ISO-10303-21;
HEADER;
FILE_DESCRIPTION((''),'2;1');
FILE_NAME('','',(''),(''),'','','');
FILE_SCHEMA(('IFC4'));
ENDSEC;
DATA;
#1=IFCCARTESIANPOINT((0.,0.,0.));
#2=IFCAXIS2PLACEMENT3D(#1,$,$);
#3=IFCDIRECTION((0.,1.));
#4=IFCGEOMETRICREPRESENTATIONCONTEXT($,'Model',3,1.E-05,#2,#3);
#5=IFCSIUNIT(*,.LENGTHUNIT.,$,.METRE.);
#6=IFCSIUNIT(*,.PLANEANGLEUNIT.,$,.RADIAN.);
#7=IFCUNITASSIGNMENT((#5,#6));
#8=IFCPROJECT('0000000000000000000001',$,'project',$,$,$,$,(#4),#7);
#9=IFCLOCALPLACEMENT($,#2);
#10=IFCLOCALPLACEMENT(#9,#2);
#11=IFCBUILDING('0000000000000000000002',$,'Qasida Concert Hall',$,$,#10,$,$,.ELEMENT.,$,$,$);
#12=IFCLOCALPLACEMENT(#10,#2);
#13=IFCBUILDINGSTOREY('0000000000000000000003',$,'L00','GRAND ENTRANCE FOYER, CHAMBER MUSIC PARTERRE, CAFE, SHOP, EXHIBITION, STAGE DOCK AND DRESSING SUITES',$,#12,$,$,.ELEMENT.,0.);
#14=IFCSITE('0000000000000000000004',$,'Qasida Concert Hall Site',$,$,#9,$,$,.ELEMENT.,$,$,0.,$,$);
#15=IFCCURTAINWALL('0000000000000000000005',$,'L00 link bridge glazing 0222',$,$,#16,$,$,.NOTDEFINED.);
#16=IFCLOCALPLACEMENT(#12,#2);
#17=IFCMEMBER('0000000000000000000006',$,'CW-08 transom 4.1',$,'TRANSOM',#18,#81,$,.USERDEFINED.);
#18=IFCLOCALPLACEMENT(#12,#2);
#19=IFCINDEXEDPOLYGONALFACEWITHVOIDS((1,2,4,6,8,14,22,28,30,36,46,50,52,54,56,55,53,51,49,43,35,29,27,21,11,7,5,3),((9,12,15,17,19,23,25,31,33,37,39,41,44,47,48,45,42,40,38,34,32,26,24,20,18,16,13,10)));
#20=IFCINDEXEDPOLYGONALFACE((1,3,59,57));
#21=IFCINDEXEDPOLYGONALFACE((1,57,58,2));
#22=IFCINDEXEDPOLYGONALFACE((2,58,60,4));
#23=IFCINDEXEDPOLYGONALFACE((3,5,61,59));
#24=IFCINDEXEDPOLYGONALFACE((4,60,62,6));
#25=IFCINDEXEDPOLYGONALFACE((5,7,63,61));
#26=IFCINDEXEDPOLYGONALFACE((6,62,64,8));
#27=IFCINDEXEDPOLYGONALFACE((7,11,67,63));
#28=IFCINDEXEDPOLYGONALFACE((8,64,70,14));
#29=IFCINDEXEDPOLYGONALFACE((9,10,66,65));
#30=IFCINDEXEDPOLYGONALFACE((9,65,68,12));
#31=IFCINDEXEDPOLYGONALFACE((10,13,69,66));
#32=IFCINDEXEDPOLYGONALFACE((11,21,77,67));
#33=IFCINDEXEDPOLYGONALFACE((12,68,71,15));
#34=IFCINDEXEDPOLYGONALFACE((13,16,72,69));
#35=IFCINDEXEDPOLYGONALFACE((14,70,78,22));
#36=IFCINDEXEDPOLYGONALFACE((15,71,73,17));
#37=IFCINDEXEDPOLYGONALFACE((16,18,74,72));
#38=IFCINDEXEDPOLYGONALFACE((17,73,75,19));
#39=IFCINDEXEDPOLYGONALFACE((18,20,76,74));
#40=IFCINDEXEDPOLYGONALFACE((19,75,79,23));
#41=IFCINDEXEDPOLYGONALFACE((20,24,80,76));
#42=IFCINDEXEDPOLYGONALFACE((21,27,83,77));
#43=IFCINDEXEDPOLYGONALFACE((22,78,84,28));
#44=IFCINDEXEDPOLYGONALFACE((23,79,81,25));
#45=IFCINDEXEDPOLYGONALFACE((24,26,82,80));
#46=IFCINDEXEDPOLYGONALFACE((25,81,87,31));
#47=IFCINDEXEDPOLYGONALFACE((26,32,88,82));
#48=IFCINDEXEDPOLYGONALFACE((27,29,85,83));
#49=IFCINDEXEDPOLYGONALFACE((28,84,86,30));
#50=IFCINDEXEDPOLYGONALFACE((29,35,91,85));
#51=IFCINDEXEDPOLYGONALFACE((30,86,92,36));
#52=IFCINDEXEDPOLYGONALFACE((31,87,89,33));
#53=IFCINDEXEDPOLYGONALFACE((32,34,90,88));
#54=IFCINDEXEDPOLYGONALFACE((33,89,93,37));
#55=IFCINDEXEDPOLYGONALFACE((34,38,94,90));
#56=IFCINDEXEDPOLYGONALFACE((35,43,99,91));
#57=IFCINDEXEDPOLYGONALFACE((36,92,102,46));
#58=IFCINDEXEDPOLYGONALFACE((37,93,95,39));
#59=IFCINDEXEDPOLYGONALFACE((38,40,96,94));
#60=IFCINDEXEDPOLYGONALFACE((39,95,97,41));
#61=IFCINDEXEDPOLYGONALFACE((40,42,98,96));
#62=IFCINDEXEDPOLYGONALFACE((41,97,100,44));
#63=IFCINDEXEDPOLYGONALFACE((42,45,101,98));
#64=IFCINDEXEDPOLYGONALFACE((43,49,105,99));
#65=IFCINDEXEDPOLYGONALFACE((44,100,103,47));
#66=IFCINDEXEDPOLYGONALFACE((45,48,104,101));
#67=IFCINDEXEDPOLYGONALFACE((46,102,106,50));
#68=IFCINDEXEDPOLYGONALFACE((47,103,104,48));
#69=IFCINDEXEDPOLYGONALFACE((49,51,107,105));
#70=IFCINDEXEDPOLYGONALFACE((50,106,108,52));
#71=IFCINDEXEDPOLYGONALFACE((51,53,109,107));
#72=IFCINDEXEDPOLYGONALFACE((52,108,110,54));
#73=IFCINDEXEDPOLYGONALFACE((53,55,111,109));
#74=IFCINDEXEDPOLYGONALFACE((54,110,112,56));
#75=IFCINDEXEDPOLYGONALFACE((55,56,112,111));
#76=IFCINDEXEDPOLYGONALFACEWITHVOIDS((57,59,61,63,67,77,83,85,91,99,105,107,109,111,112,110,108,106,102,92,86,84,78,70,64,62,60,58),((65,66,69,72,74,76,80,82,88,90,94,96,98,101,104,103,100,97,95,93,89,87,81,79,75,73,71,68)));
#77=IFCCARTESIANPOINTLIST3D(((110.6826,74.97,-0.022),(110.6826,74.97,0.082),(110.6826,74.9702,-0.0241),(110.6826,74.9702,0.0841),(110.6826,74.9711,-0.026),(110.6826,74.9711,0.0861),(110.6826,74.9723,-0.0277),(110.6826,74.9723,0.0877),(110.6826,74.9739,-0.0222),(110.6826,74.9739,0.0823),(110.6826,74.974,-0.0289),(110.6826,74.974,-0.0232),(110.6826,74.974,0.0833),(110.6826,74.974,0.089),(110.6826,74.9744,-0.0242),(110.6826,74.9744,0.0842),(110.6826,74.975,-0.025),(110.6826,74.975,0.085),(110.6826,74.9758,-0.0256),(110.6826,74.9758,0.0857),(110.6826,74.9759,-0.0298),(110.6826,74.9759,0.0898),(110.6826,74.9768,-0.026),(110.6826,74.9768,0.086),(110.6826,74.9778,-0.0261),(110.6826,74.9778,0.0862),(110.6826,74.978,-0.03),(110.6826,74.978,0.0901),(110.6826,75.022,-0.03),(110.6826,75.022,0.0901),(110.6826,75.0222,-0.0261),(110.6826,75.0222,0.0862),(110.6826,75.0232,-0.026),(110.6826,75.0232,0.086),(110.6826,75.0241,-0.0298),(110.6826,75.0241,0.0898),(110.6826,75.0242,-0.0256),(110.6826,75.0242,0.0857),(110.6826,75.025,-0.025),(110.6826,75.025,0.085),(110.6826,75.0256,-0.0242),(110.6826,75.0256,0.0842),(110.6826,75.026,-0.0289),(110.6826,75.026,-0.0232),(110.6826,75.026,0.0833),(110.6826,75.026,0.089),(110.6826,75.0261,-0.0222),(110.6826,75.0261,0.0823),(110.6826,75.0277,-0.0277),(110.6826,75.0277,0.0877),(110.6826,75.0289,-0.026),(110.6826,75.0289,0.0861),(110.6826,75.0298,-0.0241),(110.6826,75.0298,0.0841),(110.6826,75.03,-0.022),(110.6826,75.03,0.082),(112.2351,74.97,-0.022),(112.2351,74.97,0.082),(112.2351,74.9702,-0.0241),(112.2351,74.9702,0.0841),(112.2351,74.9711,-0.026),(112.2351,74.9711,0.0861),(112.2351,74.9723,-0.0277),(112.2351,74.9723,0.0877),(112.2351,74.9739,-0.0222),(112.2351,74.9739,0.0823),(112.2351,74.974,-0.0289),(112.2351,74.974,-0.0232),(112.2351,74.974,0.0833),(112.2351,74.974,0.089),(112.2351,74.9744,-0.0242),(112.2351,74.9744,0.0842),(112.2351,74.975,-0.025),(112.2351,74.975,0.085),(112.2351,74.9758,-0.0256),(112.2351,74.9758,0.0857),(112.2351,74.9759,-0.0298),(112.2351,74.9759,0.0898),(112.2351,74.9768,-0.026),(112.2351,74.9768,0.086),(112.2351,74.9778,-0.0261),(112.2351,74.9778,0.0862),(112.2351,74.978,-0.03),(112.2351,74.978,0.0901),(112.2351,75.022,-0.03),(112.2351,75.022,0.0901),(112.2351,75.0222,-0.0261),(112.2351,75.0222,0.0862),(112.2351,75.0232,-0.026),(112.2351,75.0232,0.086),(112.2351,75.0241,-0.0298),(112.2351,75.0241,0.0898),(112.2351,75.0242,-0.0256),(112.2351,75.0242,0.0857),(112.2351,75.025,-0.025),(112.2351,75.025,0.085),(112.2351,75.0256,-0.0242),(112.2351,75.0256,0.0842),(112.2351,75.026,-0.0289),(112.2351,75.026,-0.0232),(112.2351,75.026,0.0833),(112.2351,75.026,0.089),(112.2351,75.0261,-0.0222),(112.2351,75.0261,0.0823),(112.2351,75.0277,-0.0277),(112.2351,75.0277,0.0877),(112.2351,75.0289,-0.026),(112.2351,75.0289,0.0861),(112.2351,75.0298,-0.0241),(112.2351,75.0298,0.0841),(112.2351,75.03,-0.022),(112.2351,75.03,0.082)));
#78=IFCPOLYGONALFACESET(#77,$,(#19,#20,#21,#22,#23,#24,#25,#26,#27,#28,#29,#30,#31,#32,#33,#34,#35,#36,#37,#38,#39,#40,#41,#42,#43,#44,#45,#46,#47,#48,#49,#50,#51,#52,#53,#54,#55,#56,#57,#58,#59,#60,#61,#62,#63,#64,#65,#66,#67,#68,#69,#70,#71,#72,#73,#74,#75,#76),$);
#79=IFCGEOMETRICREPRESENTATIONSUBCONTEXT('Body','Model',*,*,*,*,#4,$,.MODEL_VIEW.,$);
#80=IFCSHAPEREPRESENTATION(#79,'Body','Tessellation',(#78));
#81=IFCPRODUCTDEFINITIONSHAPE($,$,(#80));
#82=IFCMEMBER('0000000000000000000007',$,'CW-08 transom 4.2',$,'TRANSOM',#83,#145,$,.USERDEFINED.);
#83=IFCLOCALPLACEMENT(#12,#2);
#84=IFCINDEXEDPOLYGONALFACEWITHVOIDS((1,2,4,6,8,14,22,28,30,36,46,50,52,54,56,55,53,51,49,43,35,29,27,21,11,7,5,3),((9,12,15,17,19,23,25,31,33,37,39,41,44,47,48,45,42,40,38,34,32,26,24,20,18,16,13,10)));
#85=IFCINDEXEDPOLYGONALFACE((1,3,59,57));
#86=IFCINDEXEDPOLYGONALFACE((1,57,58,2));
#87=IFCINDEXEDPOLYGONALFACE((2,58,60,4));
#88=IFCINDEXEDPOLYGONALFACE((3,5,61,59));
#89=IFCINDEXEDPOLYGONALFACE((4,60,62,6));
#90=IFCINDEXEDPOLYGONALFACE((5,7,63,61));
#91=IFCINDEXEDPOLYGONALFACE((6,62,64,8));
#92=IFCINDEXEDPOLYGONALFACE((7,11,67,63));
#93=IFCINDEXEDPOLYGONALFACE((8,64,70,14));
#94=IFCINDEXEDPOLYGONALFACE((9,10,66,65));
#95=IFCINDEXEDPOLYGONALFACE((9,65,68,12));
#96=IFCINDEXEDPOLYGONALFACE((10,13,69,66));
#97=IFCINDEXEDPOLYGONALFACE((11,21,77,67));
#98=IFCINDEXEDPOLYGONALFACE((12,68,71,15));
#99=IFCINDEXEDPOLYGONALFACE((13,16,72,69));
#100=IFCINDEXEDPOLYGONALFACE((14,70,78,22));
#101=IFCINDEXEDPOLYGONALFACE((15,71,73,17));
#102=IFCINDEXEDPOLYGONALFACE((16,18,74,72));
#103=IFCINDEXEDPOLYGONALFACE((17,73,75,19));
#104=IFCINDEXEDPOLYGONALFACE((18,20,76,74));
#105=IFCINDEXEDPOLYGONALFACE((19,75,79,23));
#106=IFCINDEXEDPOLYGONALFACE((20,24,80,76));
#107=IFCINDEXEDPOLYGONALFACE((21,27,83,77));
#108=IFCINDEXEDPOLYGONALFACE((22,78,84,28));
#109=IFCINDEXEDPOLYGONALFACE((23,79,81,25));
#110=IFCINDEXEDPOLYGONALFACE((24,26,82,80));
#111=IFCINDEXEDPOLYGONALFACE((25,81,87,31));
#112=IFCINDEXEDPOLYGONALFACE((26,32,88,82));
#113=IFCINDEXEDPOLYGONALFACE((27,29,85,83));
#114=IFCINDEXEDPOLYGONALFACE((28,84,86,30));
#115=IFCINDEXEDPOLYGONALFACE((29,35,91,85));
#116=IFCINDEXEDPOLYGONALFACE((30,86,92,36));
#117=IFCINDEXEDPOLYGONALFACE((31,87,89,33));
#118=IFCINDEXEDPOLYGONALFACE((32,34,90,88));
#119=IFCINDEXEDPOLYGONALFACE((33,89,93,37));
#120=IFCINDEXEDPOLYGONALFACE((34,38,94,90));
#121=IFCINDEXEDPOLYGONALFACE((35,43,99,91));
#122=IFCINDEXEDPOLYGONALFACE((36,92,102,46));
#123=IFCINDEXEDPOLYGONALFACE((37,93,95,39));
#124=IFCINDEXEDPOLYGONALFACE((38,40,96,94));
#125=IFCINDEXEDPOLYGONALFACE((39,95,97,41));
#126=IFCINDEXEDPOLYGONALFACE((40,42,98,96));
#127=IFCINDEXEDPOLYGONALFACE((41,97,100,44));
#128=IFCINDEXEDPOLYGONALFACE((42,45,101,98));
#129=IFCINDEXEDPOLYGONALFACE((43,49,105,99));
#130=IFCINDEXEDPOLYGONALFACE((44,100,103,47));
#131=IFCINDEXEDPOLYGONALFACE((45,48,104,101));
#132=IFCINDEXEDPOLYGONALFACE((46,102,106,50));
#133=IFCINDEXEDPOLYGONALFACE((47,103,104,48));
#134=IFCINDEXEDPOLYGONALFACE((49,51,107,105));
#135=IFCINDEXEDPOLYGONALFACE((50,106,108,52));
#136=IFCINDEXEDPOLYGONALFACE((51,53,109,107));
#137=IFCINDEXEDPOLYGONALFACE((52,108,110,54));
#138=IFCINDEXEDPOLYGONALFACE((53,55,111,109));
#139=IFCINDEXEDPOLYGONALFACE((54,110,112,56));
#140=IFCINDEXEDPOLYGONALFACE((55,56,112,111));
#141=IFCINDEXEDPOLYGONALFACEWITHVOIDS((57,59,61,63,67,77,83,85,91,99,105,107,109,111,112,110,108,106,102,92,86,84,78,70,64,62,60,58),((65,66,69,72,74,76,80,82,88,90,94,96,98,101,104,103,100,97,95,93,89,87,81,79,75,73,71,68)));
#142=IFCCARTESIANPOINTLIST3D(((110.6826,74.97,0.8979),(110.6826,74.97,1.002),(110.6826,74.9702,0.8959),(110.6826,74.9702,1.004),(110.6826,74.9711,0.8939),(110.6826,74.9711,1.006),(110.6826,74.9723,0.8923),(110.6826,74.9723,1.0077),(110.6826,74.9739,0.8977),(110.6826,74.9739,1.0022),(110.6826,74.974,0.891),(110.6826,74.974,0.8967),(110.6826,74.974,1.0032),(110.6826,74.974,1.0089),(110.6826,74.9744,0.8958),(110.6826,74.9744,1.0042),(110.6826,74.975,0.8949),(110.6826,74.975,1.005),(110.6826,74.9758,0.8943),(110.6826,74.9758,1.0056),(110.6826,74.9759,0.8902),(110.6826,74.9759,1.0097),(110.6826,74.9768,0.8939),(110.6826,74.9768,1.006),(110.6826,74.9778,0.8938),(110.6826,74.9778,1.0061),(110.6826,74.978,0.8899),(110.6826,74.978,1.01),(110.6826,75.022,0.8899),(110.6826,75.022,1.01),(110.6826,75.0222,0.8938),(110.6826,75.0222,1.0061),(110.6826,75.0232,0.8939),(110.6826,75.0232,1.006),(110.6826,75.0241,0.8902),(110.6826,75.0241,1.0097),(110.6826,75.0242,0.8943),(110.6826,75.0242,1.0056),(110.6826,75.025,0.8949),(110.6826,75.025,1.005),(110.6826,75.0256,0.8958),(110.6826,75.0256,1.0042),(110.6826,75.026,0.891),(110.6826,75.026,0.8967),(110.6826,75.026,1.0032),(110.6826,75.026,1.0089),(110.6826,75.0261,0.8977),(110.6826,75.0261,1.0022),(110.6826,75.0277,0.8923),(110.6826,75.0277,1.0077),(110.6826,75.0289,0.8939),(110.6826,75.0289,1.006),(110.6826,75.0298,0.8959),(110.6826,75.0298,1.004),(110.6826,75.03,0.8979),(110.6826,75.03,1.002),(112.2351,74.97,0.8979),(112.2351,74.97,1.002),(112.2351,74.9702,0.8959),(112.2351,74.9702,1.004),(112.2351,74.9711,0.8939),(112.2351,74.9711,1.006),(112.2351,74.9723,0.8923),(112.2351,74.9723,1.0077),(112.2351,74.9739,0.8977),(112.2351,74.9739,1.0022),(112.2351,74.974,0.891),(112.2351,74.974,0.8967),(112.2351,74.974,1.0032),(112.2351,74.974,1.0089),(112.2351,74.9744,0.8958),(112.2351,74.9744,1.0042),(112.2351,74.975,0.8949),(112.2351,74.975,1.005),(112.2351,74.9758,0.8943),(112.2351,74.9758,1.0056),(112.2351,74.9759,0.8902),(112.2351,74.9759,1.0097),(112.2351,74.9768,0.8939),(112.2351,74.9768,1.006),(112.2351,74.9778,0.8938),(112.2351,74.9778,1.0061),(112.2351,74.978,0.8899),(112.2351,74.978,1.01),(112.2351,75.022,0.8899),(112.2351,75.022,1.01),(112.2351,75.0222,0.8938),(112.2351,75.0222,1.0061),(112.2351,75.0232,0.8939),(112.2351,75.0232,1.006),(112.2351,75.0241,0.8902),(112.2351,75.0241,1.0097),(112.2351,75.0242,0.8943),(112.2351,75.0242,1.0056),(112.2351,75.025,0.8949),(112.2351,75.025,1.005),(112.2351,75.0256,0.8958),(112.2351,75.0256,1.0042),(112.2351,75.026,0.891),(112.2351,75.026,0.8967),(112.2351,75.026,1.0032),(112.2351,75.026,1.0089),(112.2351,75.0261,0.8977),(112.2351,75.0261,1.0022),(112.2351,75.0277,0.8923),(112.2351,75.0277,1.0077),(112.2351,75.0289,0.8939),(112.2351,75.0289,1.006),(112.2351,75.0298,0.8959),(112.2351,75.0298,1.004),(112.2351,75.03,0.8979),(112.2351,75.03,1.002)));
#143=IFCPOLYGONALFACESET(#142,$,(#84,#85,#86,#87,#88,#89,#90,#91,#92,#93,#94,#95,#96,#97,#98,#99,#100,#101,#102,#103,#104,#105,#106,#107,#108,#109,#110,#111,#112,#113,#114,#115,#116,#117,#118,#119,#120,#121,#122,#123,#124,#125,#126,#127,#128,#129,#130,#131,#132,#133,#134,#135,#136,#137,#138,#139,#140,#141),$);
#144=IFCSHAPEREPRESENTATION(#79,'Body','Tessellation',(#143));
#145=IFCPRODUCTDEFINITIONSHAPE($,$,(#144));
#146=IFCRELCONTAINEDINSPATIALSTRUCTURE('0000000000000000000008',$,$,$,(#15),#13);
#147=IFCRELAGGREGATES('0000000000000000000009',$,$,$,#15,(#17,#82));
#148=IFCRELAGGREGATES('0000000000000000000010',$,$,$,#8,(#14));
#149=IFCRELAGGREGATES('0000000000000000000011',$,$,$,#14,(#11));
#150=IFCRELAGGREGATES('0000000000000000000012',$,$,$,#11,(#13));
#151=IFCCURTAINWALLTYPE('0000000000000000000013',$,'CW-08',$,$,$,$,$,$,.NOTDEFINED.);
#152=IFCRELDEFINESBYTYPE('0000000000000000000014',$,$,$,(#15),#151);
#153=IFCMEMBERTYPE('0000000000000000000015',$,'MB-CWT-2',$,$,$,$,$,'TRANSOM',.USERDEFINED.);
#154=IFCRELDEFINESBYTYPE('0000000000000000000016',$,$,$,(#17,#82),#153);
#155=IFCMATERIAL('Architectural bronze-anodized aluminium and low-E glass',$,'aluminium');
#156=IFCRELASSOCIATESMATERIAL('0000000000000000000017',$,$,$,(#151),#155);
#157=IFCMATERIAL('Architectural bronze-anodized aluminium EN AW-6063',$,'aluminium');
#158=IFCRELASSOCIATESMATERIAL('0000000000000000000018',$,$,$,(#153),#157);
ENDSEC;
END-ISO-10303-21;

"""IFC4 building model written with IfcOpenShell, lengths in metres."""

from ifc_helpers import new_model, si_unit, direction, frame, origin, origin_2d, place, context, subcontext, project, spatial, hollow_rectangle, extrude, material, material_profile, profile_set, type_object, element, aggregate, save


model = new_model("IFC4")

# Units and contexts
model_context = context("Model", 3, precision=1e-05, world=origin(), true_north=direction((0.0, 1.0)))
body_context = subcontext(model_context, "Body", "Model", "MODEL_VIEW")
ifc_project = project(units=[si_unit("LENGTHUNIT", "METRE"), si_unit("PLANEANGLEUNIT", "RADIAN")], contexts=[model_context])

# Site, building, storey
site_placement = place(None, origin())
site = spatial("IfcSite", under=ifc_project, at=site_placement, Name="Qasida Concert Hall Site", CompositionType="ELEMENT", RefElevation=0.0)
building_placement = place(site_placement, origin())
building = spatial("IfcBuilding", under=site, at=building_placement, Name="Qasida Concert Hall", CompositionType="ELEMENT")
storey_placement = place(building_placement, origin())
storey = spatial("IfcBuildingStorey", under=building, at=storey_placement, Name="L00", Description="GRAND ENTRANCE FOYER, CHAMBER MUSIC PARTERRE, CAFE, SHOP, EXHIBITION, STAGE DOCK AND DRESSING SUITES", CompositionType="ELEMENT", Elevation=0.0)

# Curtain wall
ifc_material_1 = material(Name="Architectural bronze-anodized aluminium and low-E glass", Category="aluminium")
curtain_wall_type = type_object("IfcCurtainWallType", Name="CW-08", PredefinedType="NOTDEFINED", material=ifc_material_1)
curtain_wall_1_placement = place(storey_placement, origin())
curtain_wall_1 = element("IfcCurtainWall", 1, at=curtain_wall_1_placement, inside=storey, type_object=curtain_wall_type, Name="L00 link bridge glazing 0222", PredefinedType="NOTDEFINED")
ifc_material_2 = material(Name="Architectural bronze-anodized aluminium EN AW-6063", Category="aluminium")

# Members
ifc_material_profile_1 = material_profile(ifc_material_2, hollow_rectangle(XDim=0.0601, YDim=0.1201, WallThickness=0.0039, InnerFilletRadius=0.0039, OuterFilletRadius=0.0081, at=origin_2d()), Name="CWT 120x60x4")
ifc_profile_set_1 = profile_set([ifc_material_profile_1], Name="Architectural bronze-anodized aluminium EN AW-6063")
member_type_1 = type_object("IfcMemberType", Name="MB-CWT-2", ElementType="TRANSOM", PredefinedType="USERDEFINED", material=ifc_profile_set_1)
member_1_placement = place(storey_placement, frame((110.6826, 75.0, 0.03), z_axis=(1.0, 0.0, 0.0), x_axis=(0.0, 1.0, 0.0)))
member_1 = element("IfcMember", 2, at=member_1_placement, type_object=member_type_1, Name="CW-08 transom 4.1", ObjectType="TRANSOM", PredefinedType="USERDEFINED", context=body_context, shape_type="SweptSolid", body=[
    extrude(hollow_rectangle(XDim=0.0601, YDim=0.1201, WallThickness=0.0039, InnerFilletRadius=0.0039, OuterFilletRadius=0.0081, at=origin_2d()), origin(), (0.0, 0.0, 1.0), 1.5525),
])
member_2_placement = place(storey_placement, frame((110.6826, 75.0, 0.95), z_axis=(1.0, 0.0, 0.0), x_axis=(0.0, 1.0, 0.0)))
member_2 = element("IfcMember", 3, at=member_2_placement, type_object=member_type_1, Name="CW-08 transom 4.2", ObjectType="TRANSOM", PredefinedType="USERDEFINED", context=body_context, shape_type="SweptSolid", body=[
    extrude(hollow_rectangle(XDim=0.0601, YDim=0.1201, WallThickness=0.0039, InnerFilletRadius=0.0039, OuterFilletRadius=0.0081, at=origin_2d()), origin(), (0.0, 0.0, 1.0), 1.5525),
])

aggregate(curtain_wall_1, [member_1, member_2])

save(model, "model.ifc")
